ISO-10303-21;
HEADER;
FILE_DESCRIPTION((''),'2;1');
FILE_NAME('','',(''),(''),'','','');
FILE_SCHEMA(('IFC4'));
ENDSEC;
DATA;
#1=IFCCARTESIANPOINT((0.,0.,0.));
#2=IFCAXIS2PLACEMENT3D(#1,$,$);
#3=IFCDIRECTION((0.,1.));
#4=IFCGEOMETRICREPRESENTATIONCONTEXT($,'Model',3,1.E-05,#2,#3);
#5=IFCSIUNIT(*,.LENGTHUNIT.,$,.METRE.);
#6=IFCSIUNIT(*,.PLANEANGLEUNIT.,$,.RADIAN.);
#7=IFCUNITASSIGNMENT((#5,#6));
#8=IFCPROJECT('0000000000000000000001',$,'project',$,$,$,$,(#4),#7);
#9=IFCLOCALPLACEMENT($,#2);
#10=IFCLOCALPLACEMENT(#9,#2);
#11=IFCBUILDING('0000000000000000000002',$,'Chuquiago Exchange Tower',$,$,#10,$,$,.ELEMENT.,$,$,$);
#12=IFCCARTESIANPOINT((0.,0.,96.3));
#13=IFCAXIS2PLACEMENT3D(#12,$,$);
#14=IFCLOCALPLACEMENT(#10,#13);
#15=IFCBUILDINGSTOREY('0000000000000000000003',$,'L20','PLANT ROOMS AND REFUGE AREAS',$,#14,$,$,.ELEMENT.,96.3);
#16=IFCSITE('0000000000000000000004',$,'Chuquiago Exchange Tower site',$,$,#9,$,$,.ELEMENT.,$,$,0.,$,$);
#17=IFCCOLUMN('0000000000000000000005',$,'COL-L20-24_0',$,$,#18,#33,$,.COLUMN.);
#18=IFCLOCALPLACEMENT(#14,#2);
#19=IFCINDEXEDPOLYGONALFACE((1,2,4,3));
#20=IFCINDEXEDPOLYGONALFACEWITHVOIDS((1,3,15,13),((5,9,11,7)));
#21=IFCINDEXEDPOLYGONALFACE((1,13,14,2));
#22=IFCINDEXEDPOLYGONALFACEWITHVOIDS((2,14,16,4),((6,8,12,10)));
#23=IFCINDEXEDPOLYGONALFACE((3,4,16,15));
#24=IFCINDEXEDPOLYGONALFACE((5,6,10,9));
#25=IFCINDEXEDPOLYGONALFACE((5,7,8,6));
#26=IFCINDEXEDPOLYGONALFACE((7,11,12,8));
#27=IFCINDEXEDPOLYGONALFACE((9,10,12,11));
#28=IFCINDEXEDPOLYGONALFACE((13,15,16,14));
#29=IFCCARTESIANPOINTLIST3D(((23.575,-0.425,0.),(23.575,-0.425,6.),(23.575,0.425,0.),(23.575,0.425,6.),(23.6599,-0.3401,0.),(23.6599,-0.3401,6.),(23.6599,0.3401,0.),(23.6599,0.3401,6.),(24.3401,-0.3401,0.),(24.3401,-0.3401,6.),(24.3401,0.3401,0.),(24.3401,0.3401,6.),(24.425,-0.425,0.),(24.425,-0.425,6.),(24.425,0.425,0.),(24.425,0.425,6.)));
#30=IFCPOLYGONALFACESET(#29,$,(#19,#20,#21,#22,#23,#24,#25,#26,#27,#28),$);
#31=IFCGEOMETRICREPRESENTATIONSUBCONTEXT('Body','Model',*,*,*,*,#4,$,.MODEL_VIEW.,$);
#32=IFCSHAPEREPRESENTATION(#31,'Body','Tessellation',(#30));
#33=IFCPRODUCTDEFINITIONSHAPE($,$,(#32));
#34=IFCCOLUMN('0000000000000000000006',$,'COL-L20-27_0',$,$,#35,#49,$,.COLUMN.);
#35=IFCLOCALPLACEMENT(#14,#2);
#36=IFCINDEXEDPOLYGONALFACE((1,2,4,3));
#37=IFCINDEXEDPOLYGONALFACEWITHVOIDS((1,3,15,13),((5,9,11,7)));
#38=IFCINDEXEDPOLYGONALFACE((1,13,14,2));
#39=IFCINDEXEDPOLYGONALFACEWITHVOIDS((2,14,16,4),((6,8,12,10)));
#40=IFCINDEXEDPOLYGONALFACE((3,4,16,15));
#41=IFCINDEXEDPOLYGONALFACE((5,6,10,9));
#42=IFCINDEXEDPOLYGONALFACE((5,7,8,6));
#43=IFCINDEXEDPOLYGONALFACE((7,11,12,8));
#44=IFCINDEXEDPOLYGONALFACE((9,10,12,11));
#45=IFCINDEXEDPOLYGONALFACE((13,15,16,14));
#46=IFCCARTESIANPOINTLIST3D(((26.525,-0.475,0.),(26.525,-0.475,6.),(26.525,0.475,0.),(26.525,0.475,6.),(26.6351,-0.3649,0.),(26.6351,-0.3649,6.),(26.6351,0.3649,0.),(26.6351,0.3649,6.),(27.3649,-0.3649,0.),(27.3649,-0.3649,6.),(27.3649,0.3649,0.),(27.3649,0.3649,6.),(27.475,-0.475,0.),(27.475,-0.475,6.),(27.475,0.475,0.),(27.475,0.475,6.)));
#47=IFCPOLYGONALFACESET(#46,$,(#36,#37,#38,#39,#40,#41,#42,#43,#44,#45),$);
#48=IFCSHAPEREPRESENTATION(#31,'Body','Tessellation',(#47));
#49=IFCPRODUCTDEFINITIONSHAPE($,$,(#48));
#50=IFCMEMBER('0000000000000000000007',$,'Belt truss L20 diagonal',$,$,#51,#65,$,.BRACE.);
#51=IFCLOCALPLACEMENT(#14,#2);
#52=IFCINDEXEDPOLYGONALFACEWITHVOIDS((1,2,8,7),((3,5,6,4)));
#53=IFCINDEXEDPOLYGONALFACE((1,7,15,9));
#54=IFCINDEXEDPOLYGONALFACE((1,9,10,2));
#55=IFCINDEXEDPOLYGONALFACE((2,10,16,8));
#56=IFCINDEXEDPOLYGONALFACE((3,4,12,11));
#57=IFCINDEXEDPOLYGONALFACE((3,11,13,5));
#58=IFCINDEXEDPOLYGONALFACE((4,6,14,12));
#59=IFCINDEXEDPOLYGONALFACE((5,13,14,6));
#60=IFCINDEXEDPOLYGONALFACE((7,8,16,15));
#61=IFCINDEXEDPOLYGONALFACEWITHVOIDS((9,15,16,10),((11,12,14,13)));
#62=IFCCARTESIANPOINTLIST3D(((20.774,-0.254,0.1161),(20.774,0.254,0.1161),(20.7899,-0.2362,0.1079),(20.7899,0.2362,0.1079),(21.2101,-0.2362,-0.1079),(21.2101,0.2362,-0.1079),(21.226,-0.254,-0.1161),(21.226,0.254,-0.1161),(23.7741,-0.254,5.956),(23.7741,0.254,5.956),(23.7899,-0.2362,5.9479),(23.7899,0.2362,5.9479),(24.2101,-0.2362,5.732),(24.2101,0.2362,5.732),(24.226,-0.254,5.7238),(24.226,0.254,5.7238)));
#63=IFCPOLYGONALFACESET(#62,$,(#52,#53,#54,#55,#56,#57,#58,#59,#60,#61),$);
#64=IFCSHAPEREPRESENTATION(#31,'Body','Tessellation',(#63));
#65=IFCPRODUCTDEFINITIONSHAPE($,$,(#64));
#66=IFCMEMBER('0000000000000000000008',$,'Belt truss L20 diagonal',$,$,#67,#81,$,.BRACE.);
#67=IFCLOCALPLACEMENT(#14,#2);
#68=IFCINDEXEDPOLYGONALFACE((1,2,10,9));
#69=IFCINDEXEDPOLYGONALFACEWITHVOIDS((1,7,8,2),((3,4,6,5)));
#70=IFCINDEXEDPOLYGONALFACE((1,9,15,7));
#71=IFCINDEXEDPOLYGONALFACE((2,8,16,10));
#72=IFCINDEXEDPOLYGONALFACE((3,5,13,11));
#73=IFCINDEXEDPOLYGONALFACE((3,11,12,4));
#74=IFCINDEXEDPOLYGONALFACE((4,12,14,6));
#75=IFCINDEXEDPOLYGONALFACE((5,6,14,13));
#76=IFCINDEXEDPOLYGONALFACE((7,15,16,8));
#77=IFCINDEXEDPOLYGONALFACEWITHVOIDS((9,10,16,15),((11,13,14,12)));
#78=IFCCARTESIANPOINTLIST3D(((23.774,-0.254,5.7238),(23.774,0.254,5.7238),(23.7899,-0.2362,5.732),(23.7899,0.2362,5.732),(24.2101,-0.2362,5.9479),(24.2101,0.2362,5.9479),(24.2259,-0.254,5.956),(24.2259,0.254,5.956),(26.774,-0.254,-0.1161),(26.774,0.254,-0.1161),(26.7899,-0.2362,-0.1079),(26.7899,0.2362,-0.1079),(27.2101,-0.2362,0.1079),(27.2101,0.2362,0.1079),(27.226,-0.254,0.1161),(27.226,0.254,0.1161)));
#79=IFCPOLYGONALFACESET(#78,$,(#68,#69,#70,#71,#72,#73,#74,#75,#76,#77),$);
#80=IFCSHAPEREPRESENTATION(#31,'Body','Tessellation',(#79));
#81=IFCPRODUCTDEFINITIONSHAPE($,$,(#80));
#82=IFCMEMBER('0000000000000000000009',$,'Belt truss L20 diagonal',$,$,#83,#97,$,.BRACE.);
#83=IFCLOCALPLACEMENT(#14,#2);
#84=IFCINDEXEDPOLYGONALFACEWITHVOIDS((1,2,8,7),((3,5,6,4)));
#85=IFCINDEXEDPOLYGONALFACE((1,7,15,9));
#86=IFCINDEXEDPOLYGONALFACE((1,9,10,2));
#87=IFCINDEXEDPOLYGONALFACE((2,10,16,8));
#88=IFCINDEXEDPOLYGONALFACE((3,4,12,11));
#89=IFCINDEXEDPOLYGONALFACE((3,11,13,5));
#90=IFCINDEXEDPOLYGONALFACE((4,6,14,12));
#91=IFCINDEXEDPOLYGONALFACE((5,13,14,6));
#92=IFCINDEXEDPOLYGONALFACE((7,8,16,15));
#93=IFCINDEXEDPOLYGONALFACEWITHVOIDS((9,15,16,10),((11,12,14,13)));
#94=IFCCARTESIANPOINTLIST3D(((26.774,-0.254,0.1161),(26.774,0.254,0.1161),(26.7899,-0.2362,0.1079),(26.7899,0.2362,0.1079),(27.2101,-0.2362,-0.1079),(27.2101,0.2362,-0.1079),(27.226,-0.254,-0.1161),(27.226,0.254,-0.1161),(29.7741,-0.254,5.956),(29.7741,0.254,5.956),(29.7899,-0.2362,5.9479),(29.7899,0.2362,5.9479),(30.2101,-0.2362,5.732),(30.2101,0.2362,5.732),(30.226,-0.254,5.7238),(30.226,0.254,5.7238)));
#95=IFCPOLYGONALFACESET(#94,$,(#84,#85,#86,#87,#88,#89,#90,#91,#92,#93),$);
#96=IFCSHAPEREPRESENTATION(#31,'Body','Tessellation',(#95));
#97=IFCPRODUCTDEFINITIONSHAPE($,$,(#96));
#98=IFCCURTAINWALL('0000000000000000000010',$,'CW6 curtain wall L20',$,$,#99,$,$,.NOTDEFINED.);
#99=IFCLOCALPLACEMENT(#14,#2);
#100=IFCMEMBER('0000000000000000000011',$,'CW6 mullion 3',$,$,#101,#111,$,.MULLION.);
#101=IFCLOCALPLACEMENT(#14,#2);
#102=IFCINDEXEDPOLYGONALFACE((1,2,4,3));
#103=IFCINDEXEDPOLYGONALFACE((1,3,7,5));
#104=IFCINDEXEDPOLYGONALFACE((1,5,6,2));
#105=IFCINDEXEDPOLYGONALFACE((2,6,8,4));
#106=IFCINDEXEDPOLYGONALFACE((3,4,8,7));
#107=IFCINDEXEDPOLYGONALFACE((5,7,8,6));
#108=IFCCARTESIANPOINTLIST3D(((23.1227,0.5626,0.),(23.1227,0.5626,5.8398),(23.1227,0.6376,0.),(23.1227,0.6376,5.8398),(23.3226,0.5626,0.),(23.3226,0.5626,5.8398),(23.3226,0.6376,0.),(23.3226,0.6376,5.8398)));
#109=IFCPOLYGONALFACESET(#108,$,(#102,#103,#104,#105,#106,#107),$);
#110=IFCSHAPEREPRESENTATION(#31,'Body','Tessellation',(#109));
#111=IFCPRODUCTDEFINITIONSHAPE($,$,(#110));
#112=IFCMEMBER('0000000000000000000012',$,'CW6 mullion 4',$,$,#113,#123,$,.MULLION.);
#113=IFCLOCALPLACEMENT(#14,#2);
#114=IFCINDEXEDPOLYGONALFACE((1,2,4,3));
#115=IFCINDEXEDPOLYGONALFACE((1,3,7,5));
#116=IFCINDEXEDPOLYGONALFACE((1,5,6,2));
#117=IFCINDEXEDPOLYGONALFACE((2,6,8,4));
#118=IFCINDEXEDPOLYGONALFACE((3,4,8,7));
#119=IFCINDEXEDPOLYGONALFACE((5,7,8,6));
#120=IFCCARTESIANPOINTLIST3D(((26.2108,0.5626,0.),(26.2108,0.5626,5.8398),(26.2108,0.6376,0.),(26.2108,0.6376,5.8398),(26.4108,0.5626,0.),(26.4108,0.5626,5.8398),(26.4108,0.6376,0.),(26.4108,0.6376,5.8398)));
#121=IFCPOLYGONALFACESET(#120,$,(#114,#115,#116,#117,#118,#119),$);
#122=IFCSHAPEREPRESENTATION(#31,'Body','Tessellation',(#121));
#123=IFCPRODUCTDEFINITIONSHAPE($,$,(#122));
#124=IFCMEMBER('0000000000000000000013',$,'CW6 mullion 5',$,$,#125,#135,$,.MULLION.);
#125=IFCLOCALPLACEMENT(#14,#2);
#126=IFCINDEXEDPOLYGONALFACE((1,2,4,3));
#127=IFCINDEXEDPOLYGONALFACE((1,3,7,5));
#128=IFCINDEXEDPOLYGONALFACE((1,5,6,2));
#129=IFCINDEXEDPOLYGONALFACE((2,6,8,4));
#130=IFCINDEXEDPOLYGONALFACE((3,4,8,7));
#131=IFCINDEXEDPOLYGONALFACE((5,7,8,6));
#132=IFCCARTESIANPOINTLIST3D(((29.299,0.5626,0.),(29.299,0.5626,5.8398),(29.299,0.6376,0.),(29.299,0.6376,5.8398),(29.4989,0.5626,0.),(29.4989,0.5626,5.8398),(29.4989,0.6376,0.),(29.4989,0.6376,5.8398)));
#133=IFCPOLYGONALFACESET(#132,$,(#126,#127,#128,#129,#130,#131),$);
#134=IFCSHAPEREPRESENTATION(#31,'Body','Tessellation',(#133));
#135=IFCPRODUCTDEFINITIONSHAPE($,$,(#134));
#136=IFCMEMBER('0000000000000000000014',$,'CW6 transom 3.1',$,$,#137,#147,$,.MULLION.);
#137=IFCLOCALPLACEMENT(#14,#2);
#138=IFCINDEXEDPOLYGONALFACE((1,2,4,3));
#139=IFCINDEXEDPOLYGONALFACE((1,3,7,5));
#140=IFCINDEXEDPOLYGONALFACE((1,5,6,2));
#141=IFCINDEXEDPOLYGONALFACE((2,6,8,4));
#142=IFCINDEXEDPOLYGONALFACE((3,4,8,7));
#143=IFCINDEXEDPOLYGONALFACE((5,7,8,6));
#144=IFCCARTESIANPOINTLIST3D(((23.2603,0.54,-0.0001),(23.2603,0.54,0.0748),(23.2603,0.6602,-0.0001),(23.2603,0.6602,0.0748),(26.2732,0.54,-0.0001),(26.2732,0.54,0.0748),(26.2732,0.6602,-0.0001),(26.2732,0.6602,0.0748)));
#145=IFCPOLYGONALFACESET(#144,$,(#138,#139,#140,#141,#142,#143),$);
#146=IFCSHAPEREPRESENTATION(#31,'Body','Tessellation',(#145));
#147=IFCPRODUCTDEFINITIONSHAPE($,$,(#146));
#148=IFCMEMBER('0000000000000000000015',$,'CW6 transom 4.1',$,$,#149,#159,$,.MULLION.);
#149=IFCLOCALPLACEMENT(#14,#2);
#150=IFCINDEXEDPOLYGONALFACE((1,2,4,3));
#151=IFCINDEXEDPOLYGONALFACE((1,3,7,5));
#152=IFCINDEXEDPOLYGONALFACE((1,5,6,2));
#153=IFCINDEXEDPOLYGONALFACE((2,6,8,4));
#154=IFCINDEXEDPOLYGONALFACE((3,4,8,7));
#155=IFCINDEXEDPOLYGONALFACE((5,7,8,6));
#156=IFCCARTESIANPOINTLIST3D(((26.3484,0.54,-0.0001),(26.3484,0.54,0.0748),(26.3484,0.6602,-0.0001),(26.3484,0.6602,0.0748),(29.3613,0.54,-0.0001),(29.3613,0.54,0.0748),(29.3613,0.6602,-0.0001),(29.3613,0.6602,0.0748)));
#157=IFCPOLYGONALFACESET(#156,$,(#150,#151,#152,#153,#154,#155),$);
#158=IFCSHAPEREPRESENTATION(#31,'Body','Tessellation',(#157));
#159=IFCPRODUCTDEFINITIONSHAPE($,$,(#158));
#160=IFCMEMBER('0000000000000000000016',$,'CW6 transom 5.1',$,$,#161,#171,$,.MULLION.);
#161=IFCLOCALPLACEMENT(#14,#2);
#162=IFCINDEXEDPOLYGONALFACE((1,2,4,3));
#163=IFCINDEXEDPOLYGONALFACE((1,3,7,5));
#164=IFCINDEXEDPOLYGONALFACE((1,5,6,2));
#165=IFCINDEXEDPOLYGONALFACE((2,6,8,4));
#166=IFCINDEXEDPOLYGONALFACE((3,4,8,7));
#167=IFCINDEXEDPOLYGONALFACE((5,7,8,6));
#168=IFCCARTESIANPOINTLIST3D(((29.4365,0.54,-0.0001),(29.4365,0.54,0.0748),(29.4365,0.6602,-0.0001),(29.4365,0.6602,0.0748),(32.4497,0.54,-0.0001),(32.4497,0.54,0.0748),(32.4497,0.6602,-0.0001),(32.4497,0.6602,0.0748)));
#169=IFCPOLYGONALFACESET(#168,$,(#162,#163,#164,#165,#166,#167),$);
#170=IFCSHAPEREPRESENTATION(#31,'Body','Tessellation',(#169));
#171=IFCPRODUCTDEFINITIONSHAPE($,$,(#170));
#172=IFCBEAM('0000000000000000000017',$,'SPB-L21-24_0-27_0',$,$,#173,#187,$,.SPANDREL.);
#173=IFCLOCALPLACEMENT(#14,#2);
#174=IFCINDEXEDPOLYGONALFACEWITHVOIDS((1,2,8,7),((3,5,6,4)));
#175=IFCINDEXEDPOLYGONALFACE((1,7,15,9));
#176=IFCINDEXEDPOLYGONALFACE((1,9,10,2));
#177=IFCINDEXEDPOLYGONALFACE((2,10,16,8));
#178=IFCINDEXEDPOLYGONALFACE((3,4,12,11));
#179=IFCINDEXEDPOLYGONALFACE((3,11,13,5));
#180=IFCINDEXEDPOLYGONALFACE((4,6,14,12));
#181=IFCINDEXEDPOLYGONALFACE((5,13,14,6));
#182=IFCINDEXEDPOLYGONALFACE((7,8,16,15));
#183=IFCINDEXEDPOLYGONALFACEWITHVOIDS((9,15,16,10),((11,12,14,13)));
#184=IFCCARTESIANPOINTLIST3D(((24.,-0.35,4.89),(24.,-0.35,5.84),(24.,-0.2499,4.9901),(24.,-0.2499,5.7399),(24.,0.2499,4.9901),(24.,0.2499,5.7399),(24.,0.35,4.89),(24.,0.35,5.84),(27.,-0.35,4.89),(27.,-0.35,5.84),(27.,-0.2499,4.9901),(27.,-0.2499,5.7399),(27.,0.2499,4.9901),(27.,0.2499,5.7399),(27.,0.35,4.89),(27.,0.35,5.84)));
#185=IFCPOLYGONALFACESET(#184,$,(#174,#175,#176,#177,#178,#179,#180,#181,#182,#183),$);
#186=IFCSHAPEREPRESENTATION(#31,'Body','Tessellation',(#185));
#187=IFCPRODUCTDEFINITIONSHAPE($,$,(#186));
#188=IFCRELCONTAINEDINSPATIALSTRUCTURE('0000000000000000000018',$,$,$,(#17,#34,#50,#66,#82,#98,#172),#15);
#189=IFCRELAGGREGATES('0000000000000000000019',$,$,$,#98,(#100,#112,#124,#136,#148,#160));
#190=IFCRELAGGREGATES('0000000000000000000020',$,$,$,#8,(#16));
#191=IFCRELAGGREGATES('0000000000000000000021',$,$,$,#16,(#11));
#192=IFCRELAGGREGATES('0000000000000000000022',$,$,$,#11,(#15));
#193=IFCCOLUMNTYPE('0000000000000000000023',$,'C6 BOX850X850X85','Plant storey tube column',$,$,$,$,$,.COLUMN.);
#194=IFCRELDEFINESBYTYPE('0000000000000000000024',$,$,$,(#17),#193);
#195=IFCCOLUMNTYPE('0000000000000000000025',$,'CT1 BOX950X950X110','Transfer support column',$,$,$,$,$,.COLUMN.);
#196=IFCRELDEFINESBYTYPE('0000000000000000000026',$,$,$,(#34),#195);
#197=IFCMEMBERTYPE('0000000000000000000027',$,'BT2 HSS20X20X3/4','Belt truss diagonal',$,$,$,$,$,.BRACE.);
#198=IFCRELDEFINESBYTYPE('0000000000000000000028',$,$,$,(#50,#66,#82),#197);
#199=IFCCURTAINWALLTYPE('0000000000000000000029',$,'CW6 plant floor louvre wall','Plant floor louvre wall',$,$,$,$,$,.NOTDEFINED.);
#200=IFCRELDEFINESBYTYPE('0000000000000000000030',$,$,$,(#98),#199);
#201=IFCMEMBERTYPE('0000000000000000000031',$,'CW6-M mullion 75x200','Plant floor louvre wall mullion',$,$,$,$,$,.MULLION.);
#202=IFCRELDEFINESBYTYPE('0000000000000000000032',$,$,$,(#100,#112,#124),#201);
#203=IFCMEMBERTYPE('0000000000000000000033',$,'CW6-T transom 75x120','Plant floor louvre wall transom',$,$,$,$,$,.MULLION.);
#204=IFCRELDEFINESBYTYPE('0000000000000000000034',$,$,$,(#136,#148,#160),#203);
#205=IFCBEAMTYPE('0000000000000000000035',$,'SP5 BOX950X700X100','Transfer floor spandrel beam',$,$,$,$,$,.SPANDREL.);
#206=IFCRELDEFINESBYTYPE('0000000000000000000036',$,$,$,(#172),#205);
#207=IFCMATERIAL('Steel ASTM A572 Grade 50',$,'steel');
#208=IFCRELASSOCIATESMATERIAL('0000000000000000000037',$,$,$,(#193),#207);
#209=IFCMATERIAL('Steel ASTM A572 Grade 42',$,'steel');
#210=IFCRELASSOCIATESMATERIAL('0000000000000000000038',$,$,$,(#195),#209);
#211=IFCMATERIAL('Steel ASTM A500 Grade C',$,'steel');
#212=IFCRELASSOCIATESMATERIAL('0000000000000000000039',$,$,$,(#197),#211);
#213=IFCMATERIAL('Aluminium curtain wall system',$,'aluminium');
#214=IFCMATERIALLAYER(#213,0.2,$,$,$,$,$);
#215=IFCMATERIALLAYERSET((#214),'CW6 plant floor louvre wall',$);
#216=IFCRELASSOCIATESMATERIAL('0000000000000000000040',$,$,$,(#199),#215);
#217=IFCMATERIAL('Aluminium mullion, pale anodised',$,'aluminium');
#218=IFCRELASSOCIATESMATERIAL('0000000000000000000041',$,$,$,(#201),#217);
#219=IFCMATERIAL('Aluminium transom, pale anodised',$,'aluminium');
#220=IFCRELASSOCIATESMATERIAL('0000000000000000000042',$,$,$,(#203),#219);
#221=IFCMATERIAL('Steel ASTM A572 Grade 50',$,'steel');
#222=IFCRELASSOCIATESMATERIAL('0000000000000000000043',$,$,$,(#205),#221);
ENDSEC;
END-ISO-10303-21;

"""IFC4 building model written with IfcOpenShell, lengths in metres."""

from ifc_helpers import new_model, si_unit, direction, frame, origin, origin_2d, place, context, subcontext, project, spatial, rectangle, hollow_rectangle, extrude, material, layer, layer_set, material_profile, profile_set, type_object, element, aggregate, save


model = new_model("IFC4")

# Units and contexts
model_context = context("Model", 3, precision=1e-05, world=origin(), true_north=direction((0.0, 1.0)))
body_context = subcontext(model_context, "Body", "Model", "MODEL_VIEW")
ifc_project = project(units=[si_unit("LENGTHUNIT", "METRE"), si_unit("PLANEANGLEUNIT", "RADIAN")], contexts=[model_context])

# Site, building, storey
site_placement = place(None, origin())
site = spatial("IfcSite", under=ifc_project, at=site_placement, Name="Chuquiago Exchange Tower site", CompositionType="ELEMENT", RefElevation=0.0)
building_placement = place(site_placement, origin())
building = spatial("IfcBuilding", under=site, at=building_placement, Name="Chuquiago Exchange Tower", CompositionType="ELEMENT")
storey_placement = place(building_placement, frame((0.0, 0.0, 96.3)))
storey = spatial("IfcBuildingStorey", under=building, at=storey_placement, Name="L20", Description="PLANT ROOMS AND REFUGE AREAS", CompositionType="ELEMENT", Elevation=96.3)

# Columns
ifc_material_1 = material(Name="Steel ASTM A572 Grade 50", Category="steel")
ifc_material_profile_1 = material_profile(ifc_material_1, hollow_rectangle(XDim=0.8501, YDim=0.8501, WallThickness=0.085, at=origin_2d()), Name="BOX850X850X85")
ifc_profile_set_1 = profile_set([ifc_material_profile_1], Name="Steel ASTM A572 Grade 50")
column_type_1 = type_object("IfcColumnType", Name="C6 BOX850X850X85", Description="Plant storey tube column", PredefinedType="COLUMN", material=ifc_profile_set_1)
column_1_placement = place(storey_placement, frame((24.0, 0.0, 0.0), z_axis=(0.0, 0.0, 1.0), x_axis=(0.0, -1.0, 0.0)))
element("IfcColumn", 1, at=column_1_placement, inside=storey, type_object=column_type_1, Name="COL-L20-24_0", PredefinedType="COLUMN", context=body_context, shape_type="SweptSolid", body=[
    extrude(hollow_rectangle(XDim=0.8501, YDim=0.8501, WallThickness=0.085, at=origin_2d()), origin(), (0.0, 0.0, 1.0), 6.0),
])
ifc_material_2 = material(Name="Steel ASTM A572 Grade 42", Category="steel")
ifc_material_profile_2 = material_profile(ifc_material_2, hollow_rectangle(XDim=0.95, YDim=0.95, WallThickness=0.1101, at=origin_2d()), Name="BOX950X950X110")
ifc_profile_set_2 = profile_set([ifc_material_profile_2], Name="Steel ASTM A572 Grade 42")
column_type_2 = type_object("IfcColumnType", Name="CT1 BOX950X950X110", Description="Transfer support column", PredefinedType="COLUMN", material=ifc_profile_set_2)
column_2_placement = place(storey_placement, frame((27.0, 0.0, 0.0), z_axis=(0.0, 0.0, 1.0), x_axis=(0.0, -1.0, 0.0)))
element("IfcColumn", 2, at=column_2_placement, inside=storey, type_object=column_type_2, Name="COL-L20-27_0", PredefinedType="COLUMN", context=body_context, shape_type="SweptSolid", body=[
    extrude(hollow_rectangle(XDim=0.95, YDim=0.95, WallThickness=0.1101, at=origin_2d()), origin(), (0.0, 0.0, 1.0), 6.0),
])

# Members
ifc_material_3 = material(Name="Steel ASTM A500 Grade C", Category="steel")
ifc_material_profile_3 = material_profile(ifc_material_3, hollow_rectangle(XDim=0.5081, YDim=0.5081, WallThickness=0.0178, at=origin_2d()), Name="HSS20X20X3/4")
ifc_profile_set_3 = profile_set([ifc_material_profile_3], Name="Steel ASTM A500 Grade C")
member_type_1 = type_object("IfcMemberType", Name="BT2 HSS20X20X3/4", Description="Belt truss diagonal", PredefinedType="BRACE", material=ifc_profile_set_3)
for number, where, z_axis, x_axis, name in (
    (3, (21.0, 0.0, 0.0), (0.456945, 0.0, 0.889495), (0.0, 1.0, 0.0), "Belt truss L20 diagonal"),
    (4, (27.0, 0.0, 0.0), (-0.456945, 0.0, 0.889495), (0.0, -1.0, 0.0), "Belt truss L20 diagonal"),
    (5, (27.0, 0.0, 0.0), (0.456945, 0.0, 0.889495), (0.0, 1.0, 0.0), "Belt truss L20 diagonal"),
):
    element("IfcMember", number, at=place(storey_placement, frame(where, z_axis=z_axis, x_axis=x_axis)), inside=storey, type_object=member_type_1, Name=name, PredefinedType="BRACE", context=body_context, shape_type="SweptSolid", body=[
        extrude(hollow_rectangle(XDim=0.5081, YDim=0.5081, WallThickness=0.0178, at=origin_2d()), origin(), (0.0, 0.0, 1.0), 6.5654),
    ])

# Curtain wall, members
ifc_material_4 = material(Name="Aluminium curtain wall system", Category="aluminium")
ifc_layer_1 = layer(ifc_material_4, 0.2)
ifc_layer_set_1 = layer_set([ifc_layer_1], Name="CW6 plant floor louvre wall")
curtain_wall_type = type_object("IfcCurtainWallType", Name="CW6 plant floor louvre wall", Description="Plant floor louvre wall", PredefinedType="NOTDEFINED", material=ifc_layer_set_1)
curtain_wall_placement = place(storey_placement, origin())
curtain_wall = element("IfcCurtainWall", 6, at=curtain_wall_placement, inside=storey, type_object=curtain_wall_type, Name="CW6 curtain wall L20", PredefinedType="NOTDEFINED")
ifc_material_5 = material(Name="Aluminium mullion, pale anodised", Category="aluminium")
ifc_material_profile_4 = material_profile(ifc_material_5, rectangle(XDim=0.075, YDim=0.2, at=origin_2d()), Name="AL 75x200")
ifc_profile_set_4 = profile_set([ifc_material_profile_4], Name="Aluminium mullion, pale anodised")
member_type_2 = type_object("IfcMemberType", Name="CW6-M mullion 75x200", Description="Plant floor louvre wall mullion", PredefinedType="MULLION", material=ifc_profile_set_4)
member_1_placement = place(storey_placement, frame((23.2227, 0.6001, 0.0), z_axis=(0.0, 0.0, 1.0), x_axis=(0.0, 1.0, 0.0)))
member_1 = element("IfcMember", 7, at=member_1_placement, type_object=member_type_2, Name="CW6 mullion 3", PredefinedType="MULLION", context=body_context, shape_type="SweptSolid", body=[
    extrude(rectangle(XDim=0.075, YDim=0.2, at=origin_2d()), origin(), (0.0, 0.0, 1.0), 5.8398),
])
member_2_placement = place(storey_placement, frame((26.3108, 0.6001, 0.0), z_axis=(0.0, 0.0, 1.0), x_axis=(0.0, 1.0, 0.0)))
member_2 = element("IfcMember", 8, at=member_2_placement, type_object=member_type_2, Name="CW6 mullion 4", PredefinedType="MULLION", context=body_context, shape_type="SweptSolid", body=[
    extrude(rectangle(XDim=0.075, YDim=0.2, at=origin_2d()), origin(), (0.0, 0.0, 1.0), 5.8398),
])
member_3_placement = place(storey_placement, frame((29.3989, 0.6001, 0.0), z_axis=(0.0, 0.0, 1.0), x_axis=(0.0, 1.0, 0.0)))
member_3 = element("IfcMember", 9, at=member_3_placement, type_object=member_type_2, Name="CW6 mullion 5", PredefinedType="MULLION", context=body_context, shape_type="SweptSolid", body=[
    extrude(rectangle(XDim=0.075, YDim=0.2, at=origin_2d()), origin(), (0.0, 0.0, 1.0), 5.8398),
])
ifc_material_6 = material(Name="Aluminium transom, pale anodised", Category="aluminium")
ifc_material_profile_5 = material_profile(ifc_material_6, rectangle(XDim=0.1201, YDim=0.075, at=origin_2d()), Name="AL 120x75")
ifc_profile_set_5 = profile_set([ifc_material_profile_5], Name="Aluminium transom, pale anodised")
member_type_3 = type_object("IfcMemberType", Name="CW6-T transom 75x120", Description="Plant floor louvre wall transom", PredefinedType="MULLION", material=ifc_profile_set_5)
member_4_placement = place(storey_placement, frame((23.2603, 0.6001, 0.0374), z_axis=(1.0, 0.0, 0.0), x_axis=(0.0, 1.0, 0.0)))
member_4 = element("IfcMember", 10, at=member_4_placement, type_object=member_type_3, Name="CW6 transom 3.1", PredefinedType="MULLION", context=body_context, shape_type="SweptSolid", body=[
    extrude(rectangle(XDim=0.1201, YDim=0.075, at=origin_2d()), origin(), (0.0, 0.0, 1.0), 3.0129),
])
member_5_placement = place(storey_placement, frame((26.3484, 0.6001, 0.0374), z_axis=(1.0, 0.0, 0.0), x_axis=(0.0, 1.0, 0.0)))
member_5 = element("IfcMember", 11, at=member_5_placement, type_object=member_type_3, Name="CW6 transom 4.1", PredefinedType="MULLION", context=body_context, shape_type="SweptSolid", body=[
    extrude(rectangle(XDim=0.1201, YDim=0.075, at=origin_2d()), origin(), (0.0, 0.0, 1.0), 3.0129),
])
member_6_placement = place(storey_placement, frame((29.4365, 0.6001, 0.0374), z_axis=(1.0, 0.0, 0.0), x_axis=(0.0, 1.0, 0.0)))
member_6 = element("IfcMember", 12, at=member_6_placement, type_object=member_type_3, Name="CW6 transom 5.1", PredefinedType="MULLION", context=body_context, shape_type="SweptSolid", body=[
    extrude(rectangle(XDim=0.1201, YDim=0.075, at=origin_2d()), origin(), (0.0, 0.0, 1.0), 3.0132),
])

# Beam
ifc_material_7 = material(Name="Steel ASTM A572 Grade 50", Category="steel")
ifc_material_profile_6 = material_profile(ifc_material_7, hollow_rectangle(XDim=0.7, YDim=0.95, WallThickness=0.1001, at=origin_2d()), Name="BOX950X700X100")
ifc_profile_set_6 = profile_set([ifc_material_profile_6], Name="Steel ASTM A572 Grade 50")
beam_type = type_object("IfcBeamType", Name="SP5 BOX950X700X100", Description="Transfer floor spandrel beam", PredefinedType="SPANDREL", material=ifc_profile_set_6)
for number, where, z_axis, x_axis, name in (
    (13, (24.0, 0.0, 5.365), (1.0, 0.0, 0.0), (0.0, 1.0, 0.0), "SPB-L21-24_0-27_0"),
):
    element("IfcBeam", number, at=place(storey_placement, frame(where, z_axis=z_axis, x_axis=x_axis)), inside=storey, type_object=beam_type, Name=name, PredefinedType="SPANDREL", context=body_context, shape_type="SweptSolid", body=[
        extrude(hollow_rectangle(XDim=0.7, YDim=0.95, WallThickness=0.1001, at=origin_2d()), origin(), (0.0, 0.0, 1.0), 3.0),
    ])

aggregate(curtain_wall, [member_1, member_2, member_3, member_4, member_5, member_6])

save(model, "model.ifc")
